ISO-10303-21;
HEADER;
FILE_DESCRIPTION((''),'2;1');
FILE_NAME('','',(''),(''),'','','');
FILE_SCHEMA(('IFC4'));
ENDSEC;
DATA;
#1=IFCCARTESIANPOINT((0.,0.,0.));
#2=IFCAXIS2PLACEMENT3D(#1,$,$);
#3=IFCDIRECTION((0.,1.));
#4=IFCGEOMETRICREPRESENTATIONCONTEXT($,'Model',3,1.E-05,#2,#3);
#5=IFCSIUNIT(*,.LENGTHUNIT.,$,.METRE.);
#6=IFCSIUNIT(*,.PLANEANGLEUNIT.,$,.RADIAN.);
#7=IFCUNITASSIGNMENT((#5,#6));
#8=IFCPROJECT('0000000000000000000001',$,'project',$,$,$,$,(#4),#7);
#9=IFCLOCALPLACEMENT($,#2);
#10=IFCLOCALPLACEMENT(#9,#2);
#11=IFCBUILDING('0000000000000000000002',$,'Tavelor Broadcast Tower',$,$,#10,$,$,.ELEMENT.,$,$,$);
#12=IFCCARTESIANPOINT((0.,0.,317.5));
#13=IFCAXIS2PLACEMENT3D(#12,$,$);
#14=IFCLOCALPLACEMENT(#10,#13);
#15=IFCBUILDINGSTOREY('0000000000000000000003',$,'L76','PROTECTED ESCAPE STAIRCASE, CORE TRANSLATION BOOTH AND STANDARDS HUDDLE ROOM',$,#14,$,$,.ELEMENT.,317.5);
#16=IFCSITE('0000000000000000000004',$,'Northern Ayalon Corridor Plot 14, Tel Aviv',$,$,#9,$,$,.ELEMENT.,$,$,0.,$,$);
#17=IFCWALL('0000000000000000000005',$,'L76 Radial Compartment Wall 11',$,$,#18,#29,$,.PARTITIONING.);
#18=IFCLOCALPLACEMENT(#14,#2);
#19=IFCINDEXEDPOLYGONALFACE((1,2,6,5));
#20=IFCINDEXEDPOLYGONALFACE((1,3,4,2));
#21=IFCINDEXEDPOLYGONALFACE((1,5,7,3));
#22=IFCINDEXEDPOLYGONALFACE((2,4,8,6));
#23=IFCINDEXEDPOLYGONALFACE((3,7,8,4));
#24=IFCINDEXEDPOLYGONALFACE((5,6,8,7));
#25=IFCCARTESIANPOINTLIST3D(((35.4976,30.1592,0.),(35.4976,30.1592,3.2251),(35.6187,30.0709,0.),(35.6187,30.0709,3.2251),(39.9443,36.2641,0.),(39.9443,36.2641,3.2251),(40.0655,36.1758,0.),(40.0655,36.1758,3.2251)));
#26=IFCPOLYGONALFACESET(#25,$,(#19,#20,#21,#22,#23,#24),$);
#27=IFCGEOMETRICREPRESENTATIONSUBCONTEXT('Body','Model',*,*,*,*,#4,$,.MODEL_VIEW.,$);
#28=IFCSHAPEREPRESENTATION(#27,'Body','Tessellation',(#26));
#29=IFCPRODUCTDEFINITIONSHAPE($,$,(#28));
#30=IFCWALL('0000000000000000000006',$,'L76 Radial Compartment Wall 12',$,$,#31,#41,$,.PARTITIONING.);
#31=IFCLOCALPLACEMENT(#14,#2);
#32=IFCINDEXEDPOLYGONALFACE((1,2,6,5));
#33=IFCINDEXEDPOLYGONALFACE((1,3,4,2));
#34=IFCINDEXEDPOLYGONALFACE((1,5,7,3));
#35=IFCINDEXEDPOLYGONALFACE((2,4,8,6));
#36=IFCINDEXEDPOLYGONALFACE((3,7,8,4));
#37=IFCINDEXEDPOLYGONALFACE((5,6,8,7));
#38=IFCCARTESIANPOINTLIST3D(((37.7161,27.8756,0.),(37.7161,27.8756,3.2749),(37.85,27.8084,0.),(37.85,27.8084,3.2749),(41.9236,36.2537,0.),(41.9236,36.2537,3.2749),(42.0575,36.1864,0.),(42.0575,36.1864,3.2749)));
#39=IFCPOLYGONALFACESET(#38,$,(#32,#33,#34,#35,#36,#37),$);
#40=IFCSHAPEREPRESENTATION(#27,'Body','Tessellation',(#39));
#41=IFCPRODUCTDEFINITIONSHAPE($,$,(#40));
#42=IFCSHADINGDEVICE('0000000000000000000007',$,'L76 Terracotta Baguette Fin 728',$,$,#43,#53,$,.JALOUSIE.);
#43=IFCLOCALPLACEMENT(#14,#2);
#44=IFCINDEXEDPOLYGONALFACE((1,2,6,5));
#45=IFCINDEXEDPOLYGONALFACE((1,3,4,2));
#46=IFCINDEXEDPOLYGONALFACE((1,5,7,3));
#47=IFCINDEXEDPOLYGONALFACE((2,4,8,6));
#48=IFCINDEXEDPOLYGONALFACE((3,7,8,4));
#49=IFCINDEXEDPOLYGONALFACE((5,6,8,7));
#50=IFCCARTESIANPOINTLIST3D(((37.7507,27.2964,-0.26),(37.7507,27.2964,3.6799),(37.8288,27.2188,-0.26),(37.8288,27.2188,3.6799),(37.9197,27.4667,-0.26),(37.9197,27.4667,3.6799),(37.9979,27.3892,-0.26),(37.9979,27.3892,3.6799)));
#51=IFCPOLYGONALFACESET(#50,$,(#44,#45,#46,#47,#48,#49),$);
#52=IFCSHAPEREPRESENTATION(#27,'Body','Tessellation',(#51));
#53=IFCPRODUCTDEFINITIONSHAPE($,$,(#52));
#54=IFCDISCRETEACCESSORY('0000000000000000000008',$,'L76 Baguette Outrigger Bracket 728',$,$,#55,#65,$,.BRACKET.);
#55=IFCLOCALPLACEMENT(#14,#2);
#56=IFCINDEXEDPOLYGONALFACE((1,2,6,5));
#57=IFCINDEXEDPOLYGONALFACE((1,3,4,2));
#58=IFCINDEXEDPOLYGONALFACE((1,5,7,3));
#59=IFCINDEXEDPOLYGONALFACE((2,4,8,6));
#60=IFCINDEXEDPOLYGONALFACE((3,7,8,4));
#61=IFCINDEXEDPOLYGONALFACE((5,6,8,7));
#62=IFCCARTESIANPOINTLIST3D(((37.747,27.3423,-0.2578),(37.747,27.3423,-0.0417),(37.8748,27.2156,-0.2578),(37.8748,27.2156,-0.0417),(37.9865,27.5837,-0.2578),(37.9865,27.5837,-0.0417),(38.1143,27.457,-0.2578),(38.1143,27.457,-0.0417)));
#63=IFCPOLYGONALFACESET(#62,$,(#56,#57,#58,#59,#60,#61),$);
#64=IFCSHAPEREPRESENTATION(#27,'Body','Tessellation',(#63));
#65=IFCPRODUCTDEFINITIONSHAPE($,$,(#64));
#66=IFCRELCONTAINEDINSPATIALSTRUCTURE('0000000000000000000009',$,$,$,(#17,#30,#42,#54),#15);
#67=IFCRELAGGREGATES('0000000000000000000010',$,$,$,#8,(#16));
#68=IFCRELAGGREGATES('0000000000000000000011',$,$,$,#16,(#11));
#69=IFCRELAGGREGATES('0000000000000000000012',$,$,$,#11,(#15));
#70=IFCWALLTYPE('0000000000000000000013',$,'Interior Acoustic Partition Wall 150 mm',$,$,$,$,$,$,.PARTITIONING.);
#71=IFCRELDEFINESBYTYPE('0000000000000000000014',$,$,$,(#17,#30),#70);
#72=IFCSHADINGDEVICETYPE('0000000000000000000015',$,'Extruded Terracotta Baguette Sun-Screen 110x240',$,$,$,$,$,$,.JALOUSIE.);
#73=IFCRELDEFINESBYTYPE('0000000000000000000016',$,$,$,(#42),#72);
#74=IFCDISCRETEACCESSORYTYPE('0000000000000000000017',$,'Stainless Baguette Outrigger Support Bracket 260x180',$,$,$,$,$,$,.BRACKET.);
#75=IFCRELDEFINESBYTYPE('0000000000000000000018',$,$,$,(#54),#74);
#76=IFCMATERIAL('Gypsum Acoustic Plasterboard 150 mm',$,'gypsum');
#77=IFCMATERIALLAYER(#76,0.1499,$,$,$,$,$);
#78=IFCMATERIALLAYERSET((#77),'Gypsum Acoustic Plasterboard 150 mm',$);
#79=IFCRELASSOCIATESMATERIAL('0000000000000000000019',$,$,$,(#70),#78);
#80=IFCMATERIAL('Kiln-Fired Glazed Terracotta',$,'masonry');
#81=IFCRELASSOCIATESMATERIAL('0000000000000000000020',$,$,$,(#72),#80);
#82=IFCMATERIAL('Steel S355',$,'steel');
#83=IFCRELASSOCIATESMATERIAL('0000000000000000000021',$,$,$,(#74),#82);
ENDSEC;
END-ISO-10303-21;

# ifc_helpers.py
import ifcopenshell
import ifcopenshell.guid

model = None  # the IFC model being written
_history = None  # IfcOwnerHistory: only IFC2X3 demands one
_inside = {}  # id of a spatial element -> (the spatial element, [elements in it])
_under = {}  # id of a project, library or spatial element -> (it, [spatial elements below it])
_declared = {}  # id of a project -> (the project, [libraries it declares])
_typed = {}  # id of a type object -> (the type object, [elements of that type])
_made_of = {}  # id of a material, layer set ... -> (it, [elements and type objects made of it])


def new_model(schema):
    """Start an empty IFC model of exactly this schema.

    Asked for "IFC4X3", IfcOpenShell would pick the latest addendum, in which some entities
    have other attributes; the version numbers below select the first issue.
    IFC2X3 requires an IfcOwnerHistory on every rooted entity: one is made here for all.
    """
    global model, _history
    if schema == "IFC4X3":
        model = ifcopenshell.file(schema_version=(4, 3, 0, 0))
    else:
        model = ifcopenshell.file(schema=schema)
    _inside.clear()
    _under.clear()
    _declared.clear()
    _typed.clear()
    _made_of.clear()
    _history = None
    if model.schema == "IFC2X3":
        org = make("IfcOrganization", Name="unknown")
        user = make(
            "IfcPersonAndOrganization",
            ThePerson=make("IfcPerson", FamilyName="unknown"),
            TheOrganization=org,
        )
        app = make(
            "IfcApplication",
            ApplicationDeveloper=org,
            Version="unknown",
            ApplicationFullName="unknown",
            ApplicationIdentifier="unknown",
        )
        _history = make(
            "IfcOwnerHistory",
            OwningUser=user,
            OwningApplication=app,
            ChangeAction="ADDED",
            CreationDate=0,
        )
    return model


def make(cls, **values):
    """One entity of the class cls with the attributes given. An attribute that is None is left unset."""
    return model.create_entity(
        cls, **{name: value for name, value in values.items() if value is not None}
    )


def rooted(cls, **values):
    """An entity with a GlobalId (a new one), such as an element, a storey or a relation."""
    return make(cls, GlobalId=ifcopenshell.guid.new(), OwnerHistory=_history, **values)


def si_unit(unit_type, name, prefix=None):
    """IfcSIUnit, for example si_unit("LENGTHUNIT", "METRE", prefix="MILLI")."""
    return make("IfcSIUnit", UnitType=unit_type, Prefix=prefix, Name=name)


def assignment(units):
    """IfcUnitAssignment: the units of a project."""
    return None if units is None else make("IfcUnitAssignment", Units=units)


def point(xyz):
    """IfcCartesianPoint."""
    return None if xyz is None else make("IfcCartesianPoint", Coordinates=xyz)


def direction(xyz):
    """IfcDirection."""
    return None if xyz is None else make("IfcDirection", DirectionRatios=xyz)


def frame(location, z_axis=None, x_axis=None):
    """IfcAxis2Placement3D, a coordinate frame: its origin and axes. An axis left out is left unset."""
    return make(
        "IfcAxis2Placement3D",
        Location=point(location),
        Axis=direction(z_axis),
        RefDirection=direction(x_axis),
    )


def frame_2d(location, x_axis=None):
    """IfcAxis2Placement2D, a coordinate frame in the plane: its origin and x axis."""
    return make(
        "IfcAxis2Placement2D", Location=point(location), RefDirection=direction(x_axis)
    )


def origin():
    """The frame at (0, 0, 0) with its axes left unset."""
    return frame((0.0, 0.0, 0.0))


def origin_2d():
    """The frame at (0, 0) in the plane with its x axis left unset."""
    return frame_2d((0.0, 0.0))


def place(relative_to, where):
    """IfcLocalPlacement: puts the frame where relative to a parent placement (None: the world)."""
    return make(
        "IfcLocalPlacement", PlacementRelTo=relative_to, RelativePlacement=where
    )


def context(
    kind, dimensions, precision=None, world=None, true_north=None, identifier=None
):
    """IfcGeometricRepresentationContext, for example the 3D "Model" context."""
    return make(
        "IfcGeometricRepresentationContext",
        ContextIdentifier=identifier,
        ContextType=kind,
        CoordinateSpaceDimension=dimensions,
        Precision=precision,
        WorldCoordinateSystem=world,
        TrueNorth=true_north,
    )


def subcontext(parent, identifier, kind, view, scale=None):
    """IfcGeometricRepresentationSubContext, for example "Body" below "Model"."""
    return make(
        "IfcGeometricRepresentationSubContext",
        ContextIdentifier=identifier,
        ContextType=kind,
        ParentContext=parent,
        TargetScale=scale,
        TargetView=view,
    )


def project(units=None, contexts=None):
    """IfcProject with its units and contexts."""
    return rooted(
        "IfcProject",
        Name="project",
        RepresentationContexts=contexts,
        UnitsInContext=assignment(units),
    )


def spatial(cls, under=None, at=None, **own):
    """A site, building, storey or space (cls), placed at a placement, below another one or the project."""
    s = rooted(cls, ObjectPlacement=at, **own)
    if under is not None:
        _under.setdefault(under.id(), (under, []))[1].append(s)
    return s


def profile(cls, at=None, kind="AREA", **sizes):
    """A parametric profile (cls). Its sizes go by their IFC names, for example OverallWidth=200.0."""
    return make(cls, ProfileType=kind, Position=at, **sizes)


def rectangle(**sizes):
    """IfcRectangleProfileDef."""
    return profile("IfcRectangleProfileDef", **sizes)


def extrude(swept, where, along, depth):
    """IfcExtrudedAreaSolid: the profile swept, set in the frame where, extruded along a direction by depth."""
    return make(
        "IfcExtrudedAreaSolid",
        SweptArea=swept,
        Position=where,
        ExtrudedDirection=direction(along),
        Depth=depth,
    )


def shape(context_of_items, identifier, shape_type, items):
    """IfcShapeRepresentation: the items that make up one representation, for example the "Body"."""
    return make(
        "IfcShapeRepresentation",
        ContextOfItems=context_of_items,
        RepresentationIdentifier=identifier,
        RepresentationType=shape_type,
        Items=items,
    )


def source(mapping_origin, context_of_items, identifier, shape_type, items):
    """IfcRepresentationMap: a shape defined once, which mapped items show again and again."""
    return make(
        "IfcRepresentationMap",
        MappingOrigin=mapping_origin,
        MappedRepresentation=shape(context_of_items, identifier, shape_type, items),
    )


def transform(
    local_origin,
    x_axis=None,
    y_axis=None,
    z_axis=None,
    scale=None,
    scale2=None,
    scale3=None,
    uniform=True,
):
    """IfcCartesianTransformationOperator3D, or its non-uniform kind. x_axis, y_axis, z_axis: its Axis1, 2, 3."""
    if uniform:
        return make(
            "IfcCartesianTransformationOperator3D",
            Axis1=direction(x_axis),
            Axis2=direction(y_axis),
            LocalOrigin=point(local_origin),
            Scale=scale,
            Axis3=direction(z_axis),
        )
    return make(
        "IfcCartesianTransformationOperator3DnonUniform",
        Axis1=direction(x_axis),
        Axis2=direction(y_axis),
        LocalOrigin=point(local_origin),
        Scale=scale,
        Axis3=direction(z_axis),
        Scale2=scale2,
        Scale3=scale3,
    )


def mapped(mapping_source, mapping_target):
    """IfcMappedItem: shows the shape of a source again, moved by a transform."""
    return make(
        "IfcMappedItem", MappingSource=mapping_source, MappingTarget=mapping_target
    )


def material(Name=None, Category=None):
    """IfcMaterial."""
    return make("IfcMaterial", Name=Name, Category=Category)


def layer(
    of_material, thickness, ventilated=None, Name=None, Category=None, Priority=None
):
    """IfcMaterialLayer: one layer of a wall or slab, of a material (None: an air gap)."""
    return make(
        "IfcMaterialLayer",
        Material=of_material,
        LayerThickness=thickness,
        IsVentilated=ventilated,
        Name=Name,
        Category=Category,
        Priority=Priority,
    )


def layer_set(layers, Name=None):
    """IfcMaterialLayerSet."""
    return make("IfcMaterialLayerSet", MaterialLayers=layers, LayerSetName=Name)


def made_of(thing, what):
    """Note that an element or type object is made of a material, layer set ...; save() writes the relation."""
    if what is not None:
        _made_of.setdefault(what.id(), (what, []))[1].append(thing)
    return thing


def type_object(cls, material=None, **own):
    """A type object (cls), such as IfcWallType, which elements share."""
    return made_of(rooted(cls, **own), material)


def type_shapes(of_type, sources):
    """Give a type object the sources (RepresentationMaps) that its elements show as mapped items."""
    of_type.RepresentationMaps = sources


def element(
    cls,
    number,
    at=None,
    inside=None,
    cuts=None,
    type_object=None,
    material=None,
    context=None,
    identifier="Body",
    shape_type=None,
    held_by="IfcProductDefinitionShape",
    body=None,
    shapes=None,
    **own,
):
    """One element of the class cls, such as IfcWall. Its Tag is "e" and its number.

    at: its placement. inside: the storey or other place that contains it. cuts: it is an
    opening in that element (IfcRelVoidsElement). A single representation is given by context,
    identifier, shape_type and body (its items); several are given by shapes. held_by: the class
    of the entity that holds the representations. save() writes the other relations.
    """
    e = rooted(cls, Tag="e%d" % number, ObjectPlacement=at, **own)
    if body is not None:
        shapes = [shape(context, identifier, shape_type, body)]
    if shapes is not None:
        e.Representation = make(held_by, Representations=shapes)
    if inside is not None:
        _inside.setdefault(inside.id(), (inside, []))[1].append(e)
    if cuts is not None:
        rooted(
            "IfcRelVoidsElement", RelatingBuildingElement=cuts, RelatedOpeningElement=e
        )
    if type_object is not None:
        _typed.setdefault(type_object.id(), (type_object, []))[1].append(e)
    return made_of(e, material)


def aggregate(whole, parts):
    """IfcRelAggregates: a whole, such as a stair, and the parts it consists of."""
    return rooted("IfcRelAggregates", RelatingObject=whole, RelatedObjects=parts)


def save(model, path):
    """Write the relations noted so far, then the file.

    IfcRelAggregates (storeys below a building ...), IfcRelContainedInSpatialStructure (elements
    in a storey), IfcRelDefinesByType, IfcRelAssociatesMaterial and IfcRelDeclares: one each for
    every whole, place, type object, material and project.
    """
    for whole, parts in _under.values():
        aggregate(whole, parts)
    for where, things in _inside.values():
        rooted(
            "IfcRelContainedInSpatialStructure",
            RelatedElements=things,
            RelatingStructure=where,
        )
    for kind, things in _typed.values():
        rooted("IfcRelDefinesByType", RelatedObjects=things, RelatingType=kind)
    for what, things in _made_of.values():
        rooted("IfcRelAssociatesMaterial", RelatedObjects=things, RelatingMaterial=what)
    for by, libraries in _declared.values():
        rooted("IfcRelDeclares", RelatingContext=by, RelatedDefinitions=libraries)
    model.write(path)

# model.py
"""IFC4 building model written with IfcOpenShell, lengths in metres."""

from ifc_helpers import new_model, si_unit, direction, frame, frame_2d, origin, origin_2d, place, context, subcontext, project, spatial, rectangle, extrude, source, transform, mapped, material, layer, layer_set, type_object, type_shapes, element, save


model = new_model("IFC4")

# Units and contexts
model_context = context("Model", 3, precision=1e-05, world=origin(), true_north=direction((0.0, 1.0)))
body_context = subcontext(model_context, "Body", "Model", "MODEL_VIEW")
ifc_project = project(units=[si_unit("LENGTHUNIT", "METRE"), si_unit("PLANEANGLEUNIT", "RADIAN")], contexts=[model_context])

# Site, building, storey
site_placement = place(None, origin())
site = spatial("IfcSite", under=ifc_project, at=site_placement, Name="Northern Ayalon Corridor Plot 14, Tel Aviv", CompositionType="ELEMENT", RefElevation=0.0)
building_placement = place(site_placement, origin())
building = spatial("IfcBuilding", under=site, at=building_placement, Name="Tavelor Broadcast Tower", CompositionType="ELEMENT")
storey_placement = place(building_placement, frame((0.0, 0.0, 317.5)))
storey = spatial("IfcBuildingStorey", under=building, at=storey_placement, Name="L76", Description="PROTECTED ESCAPE STAIRCASE, CORE TRANSLATION BOOTH AND STANDARDS HUDDLE ROOM", CompositionType="ELEMENT", Elevation=317.5)

# Shared definitions
ifc_material_1 = material(Name="Steel S355", Category="steel")

# Walls
ifc_material_2 = material(Name="Gypsum Acoustic Plasterboard 150 mm", Category="gypsum")
ifc_layer_1 = layer(ifc_material_2, 0.1499)
ifc_layer_set_1 = layer_set([ifc_layer_1], Name="Gypsum Acoustic Plasterboard 150 mm")
wall_type_1 = type_object("IfcWallType", Name="Interior Acoustic Partition Wall 150 mm", PredefinedType="PARTITIONING", material=ifc_layer_set_1)
wall_1_placement = place(storey_placement, frame((40.0049, 36.22, 0.0), z_axis=(0.0, 0.0, 1.0), x_axis=(-0.58876, -0.808308, 0.0)))
element("IfcWall", 1, at=wall_1_placement, inside=storey, type_object=wall_type_1, Name="L76 Radial Compartment Wall 11", PredefinedType="PARTITIONING", context=body_context, shape_type="SweptSolid", body=[
    extrude(rectangle(XDim=7.5527, YDim=0.1499, at=frame_2d((3.7764, 0.0))), origin(), (0.0, 0.0, 1.0), 3.2251),
])
wall_2_placement = place(storey_placement, frame((41.9905, 36.22, 0.0), z_axis=(0.0, 0.0, 1.0), x_axis=(-0.448786, -0.893639, 0.0)))
element("IfcWall", 2, at=wall_2_placement, inside=storey, type_object=wall_type_1, Name="L76 Radial Compartment Wall 12", PredefinedType="PARTITIONING", context=body_context, shape_type="SweptSolid", body=[
    extrude(rectangle(XDim=9.3752, YDim=0.1499, at=frame_2d((4.6875, 0.0))), origin(), (0.0, 0.0, 1.0), 3.2749),
])

# Shading device
ifc_material_3 = material(Name="Kiln-Fired Glazed Terracotta", Category="masonry")
shading_device_type = type_object("IfcShadingDeviceType", Name="Extruded Terracotta Baguette Sun-Screen 110x240", PredefinedType="JALOUSIE", material=ifc_material_3)
shared_shape_1 = source(origin(), body_context, "Body", "SweptSolid", [
    extrude(rectangle(XDim=0.1101, YDim=0.24, at=origin_2d()), origin(), (0.0, 0.0, 1.0), 3.9399),
])
type_shapes(shading_device_type, [shared_shape_1])
shading_device_placement = place(storey_placement, frame((37.8743, 27.3428, -0.26), z_axis=(0.0, 0.0, 1.0), x_axis=(0.70994, -0.704263, 0.0)))
element("IfcShadingDevice", 3, at=shading_device_placement, inside=storey, type_object=shading_device_type, Name="L76 Terracotta Baguette Fin 728", PredefinedType="JALOUSIE", context=body_context, shape_type="MappedRepresentation", body=[
    mapped(shared_shape_1, transform((0.0, 0.0, 0.0), scale=1.0)),
])

# Discrete accessory
discrete_accessory_type = type_object("IfcDiscreteAccessoryType", Name="Stainless Baguette Outrigger Support Bracket 260x180", PredefinedType="BRACKET", material=ifc_material_1)
shared_shape_2 = source(origin(), body_context, "Body", "SweptSolid", [
    extrude(rectangle(XDim=0.1799, YDim=0.3401, at=origin_2d()), origin(), (0.0, 0.0, 1.0), 0.2161),
])
type_shapes(discrete_accessory_type, [shared_shape_2])
discrete_accessory_placement = place(storey_placement, frame((37.9307, 27.3997, -0.2578), z_axis=(0.0, 0.0, 1.0), x_axis=(0.70994, -0.704263, 0.0)))
element("IfcDiscreteAccessory", 4, at=discrete_accessory_placement, inside=storey, type_object=discrete_accessory_type, Name="L76 Baguette Outrigger Bracket 728", PredefinedType="BRACKET", context=body_context, shape_type="MappedRepresentation", body=[
    mapped(shared_shape_2, transform((0.0, 0.0, 0.0), scale=1.0)),
])

save(model, "model.ifc")
